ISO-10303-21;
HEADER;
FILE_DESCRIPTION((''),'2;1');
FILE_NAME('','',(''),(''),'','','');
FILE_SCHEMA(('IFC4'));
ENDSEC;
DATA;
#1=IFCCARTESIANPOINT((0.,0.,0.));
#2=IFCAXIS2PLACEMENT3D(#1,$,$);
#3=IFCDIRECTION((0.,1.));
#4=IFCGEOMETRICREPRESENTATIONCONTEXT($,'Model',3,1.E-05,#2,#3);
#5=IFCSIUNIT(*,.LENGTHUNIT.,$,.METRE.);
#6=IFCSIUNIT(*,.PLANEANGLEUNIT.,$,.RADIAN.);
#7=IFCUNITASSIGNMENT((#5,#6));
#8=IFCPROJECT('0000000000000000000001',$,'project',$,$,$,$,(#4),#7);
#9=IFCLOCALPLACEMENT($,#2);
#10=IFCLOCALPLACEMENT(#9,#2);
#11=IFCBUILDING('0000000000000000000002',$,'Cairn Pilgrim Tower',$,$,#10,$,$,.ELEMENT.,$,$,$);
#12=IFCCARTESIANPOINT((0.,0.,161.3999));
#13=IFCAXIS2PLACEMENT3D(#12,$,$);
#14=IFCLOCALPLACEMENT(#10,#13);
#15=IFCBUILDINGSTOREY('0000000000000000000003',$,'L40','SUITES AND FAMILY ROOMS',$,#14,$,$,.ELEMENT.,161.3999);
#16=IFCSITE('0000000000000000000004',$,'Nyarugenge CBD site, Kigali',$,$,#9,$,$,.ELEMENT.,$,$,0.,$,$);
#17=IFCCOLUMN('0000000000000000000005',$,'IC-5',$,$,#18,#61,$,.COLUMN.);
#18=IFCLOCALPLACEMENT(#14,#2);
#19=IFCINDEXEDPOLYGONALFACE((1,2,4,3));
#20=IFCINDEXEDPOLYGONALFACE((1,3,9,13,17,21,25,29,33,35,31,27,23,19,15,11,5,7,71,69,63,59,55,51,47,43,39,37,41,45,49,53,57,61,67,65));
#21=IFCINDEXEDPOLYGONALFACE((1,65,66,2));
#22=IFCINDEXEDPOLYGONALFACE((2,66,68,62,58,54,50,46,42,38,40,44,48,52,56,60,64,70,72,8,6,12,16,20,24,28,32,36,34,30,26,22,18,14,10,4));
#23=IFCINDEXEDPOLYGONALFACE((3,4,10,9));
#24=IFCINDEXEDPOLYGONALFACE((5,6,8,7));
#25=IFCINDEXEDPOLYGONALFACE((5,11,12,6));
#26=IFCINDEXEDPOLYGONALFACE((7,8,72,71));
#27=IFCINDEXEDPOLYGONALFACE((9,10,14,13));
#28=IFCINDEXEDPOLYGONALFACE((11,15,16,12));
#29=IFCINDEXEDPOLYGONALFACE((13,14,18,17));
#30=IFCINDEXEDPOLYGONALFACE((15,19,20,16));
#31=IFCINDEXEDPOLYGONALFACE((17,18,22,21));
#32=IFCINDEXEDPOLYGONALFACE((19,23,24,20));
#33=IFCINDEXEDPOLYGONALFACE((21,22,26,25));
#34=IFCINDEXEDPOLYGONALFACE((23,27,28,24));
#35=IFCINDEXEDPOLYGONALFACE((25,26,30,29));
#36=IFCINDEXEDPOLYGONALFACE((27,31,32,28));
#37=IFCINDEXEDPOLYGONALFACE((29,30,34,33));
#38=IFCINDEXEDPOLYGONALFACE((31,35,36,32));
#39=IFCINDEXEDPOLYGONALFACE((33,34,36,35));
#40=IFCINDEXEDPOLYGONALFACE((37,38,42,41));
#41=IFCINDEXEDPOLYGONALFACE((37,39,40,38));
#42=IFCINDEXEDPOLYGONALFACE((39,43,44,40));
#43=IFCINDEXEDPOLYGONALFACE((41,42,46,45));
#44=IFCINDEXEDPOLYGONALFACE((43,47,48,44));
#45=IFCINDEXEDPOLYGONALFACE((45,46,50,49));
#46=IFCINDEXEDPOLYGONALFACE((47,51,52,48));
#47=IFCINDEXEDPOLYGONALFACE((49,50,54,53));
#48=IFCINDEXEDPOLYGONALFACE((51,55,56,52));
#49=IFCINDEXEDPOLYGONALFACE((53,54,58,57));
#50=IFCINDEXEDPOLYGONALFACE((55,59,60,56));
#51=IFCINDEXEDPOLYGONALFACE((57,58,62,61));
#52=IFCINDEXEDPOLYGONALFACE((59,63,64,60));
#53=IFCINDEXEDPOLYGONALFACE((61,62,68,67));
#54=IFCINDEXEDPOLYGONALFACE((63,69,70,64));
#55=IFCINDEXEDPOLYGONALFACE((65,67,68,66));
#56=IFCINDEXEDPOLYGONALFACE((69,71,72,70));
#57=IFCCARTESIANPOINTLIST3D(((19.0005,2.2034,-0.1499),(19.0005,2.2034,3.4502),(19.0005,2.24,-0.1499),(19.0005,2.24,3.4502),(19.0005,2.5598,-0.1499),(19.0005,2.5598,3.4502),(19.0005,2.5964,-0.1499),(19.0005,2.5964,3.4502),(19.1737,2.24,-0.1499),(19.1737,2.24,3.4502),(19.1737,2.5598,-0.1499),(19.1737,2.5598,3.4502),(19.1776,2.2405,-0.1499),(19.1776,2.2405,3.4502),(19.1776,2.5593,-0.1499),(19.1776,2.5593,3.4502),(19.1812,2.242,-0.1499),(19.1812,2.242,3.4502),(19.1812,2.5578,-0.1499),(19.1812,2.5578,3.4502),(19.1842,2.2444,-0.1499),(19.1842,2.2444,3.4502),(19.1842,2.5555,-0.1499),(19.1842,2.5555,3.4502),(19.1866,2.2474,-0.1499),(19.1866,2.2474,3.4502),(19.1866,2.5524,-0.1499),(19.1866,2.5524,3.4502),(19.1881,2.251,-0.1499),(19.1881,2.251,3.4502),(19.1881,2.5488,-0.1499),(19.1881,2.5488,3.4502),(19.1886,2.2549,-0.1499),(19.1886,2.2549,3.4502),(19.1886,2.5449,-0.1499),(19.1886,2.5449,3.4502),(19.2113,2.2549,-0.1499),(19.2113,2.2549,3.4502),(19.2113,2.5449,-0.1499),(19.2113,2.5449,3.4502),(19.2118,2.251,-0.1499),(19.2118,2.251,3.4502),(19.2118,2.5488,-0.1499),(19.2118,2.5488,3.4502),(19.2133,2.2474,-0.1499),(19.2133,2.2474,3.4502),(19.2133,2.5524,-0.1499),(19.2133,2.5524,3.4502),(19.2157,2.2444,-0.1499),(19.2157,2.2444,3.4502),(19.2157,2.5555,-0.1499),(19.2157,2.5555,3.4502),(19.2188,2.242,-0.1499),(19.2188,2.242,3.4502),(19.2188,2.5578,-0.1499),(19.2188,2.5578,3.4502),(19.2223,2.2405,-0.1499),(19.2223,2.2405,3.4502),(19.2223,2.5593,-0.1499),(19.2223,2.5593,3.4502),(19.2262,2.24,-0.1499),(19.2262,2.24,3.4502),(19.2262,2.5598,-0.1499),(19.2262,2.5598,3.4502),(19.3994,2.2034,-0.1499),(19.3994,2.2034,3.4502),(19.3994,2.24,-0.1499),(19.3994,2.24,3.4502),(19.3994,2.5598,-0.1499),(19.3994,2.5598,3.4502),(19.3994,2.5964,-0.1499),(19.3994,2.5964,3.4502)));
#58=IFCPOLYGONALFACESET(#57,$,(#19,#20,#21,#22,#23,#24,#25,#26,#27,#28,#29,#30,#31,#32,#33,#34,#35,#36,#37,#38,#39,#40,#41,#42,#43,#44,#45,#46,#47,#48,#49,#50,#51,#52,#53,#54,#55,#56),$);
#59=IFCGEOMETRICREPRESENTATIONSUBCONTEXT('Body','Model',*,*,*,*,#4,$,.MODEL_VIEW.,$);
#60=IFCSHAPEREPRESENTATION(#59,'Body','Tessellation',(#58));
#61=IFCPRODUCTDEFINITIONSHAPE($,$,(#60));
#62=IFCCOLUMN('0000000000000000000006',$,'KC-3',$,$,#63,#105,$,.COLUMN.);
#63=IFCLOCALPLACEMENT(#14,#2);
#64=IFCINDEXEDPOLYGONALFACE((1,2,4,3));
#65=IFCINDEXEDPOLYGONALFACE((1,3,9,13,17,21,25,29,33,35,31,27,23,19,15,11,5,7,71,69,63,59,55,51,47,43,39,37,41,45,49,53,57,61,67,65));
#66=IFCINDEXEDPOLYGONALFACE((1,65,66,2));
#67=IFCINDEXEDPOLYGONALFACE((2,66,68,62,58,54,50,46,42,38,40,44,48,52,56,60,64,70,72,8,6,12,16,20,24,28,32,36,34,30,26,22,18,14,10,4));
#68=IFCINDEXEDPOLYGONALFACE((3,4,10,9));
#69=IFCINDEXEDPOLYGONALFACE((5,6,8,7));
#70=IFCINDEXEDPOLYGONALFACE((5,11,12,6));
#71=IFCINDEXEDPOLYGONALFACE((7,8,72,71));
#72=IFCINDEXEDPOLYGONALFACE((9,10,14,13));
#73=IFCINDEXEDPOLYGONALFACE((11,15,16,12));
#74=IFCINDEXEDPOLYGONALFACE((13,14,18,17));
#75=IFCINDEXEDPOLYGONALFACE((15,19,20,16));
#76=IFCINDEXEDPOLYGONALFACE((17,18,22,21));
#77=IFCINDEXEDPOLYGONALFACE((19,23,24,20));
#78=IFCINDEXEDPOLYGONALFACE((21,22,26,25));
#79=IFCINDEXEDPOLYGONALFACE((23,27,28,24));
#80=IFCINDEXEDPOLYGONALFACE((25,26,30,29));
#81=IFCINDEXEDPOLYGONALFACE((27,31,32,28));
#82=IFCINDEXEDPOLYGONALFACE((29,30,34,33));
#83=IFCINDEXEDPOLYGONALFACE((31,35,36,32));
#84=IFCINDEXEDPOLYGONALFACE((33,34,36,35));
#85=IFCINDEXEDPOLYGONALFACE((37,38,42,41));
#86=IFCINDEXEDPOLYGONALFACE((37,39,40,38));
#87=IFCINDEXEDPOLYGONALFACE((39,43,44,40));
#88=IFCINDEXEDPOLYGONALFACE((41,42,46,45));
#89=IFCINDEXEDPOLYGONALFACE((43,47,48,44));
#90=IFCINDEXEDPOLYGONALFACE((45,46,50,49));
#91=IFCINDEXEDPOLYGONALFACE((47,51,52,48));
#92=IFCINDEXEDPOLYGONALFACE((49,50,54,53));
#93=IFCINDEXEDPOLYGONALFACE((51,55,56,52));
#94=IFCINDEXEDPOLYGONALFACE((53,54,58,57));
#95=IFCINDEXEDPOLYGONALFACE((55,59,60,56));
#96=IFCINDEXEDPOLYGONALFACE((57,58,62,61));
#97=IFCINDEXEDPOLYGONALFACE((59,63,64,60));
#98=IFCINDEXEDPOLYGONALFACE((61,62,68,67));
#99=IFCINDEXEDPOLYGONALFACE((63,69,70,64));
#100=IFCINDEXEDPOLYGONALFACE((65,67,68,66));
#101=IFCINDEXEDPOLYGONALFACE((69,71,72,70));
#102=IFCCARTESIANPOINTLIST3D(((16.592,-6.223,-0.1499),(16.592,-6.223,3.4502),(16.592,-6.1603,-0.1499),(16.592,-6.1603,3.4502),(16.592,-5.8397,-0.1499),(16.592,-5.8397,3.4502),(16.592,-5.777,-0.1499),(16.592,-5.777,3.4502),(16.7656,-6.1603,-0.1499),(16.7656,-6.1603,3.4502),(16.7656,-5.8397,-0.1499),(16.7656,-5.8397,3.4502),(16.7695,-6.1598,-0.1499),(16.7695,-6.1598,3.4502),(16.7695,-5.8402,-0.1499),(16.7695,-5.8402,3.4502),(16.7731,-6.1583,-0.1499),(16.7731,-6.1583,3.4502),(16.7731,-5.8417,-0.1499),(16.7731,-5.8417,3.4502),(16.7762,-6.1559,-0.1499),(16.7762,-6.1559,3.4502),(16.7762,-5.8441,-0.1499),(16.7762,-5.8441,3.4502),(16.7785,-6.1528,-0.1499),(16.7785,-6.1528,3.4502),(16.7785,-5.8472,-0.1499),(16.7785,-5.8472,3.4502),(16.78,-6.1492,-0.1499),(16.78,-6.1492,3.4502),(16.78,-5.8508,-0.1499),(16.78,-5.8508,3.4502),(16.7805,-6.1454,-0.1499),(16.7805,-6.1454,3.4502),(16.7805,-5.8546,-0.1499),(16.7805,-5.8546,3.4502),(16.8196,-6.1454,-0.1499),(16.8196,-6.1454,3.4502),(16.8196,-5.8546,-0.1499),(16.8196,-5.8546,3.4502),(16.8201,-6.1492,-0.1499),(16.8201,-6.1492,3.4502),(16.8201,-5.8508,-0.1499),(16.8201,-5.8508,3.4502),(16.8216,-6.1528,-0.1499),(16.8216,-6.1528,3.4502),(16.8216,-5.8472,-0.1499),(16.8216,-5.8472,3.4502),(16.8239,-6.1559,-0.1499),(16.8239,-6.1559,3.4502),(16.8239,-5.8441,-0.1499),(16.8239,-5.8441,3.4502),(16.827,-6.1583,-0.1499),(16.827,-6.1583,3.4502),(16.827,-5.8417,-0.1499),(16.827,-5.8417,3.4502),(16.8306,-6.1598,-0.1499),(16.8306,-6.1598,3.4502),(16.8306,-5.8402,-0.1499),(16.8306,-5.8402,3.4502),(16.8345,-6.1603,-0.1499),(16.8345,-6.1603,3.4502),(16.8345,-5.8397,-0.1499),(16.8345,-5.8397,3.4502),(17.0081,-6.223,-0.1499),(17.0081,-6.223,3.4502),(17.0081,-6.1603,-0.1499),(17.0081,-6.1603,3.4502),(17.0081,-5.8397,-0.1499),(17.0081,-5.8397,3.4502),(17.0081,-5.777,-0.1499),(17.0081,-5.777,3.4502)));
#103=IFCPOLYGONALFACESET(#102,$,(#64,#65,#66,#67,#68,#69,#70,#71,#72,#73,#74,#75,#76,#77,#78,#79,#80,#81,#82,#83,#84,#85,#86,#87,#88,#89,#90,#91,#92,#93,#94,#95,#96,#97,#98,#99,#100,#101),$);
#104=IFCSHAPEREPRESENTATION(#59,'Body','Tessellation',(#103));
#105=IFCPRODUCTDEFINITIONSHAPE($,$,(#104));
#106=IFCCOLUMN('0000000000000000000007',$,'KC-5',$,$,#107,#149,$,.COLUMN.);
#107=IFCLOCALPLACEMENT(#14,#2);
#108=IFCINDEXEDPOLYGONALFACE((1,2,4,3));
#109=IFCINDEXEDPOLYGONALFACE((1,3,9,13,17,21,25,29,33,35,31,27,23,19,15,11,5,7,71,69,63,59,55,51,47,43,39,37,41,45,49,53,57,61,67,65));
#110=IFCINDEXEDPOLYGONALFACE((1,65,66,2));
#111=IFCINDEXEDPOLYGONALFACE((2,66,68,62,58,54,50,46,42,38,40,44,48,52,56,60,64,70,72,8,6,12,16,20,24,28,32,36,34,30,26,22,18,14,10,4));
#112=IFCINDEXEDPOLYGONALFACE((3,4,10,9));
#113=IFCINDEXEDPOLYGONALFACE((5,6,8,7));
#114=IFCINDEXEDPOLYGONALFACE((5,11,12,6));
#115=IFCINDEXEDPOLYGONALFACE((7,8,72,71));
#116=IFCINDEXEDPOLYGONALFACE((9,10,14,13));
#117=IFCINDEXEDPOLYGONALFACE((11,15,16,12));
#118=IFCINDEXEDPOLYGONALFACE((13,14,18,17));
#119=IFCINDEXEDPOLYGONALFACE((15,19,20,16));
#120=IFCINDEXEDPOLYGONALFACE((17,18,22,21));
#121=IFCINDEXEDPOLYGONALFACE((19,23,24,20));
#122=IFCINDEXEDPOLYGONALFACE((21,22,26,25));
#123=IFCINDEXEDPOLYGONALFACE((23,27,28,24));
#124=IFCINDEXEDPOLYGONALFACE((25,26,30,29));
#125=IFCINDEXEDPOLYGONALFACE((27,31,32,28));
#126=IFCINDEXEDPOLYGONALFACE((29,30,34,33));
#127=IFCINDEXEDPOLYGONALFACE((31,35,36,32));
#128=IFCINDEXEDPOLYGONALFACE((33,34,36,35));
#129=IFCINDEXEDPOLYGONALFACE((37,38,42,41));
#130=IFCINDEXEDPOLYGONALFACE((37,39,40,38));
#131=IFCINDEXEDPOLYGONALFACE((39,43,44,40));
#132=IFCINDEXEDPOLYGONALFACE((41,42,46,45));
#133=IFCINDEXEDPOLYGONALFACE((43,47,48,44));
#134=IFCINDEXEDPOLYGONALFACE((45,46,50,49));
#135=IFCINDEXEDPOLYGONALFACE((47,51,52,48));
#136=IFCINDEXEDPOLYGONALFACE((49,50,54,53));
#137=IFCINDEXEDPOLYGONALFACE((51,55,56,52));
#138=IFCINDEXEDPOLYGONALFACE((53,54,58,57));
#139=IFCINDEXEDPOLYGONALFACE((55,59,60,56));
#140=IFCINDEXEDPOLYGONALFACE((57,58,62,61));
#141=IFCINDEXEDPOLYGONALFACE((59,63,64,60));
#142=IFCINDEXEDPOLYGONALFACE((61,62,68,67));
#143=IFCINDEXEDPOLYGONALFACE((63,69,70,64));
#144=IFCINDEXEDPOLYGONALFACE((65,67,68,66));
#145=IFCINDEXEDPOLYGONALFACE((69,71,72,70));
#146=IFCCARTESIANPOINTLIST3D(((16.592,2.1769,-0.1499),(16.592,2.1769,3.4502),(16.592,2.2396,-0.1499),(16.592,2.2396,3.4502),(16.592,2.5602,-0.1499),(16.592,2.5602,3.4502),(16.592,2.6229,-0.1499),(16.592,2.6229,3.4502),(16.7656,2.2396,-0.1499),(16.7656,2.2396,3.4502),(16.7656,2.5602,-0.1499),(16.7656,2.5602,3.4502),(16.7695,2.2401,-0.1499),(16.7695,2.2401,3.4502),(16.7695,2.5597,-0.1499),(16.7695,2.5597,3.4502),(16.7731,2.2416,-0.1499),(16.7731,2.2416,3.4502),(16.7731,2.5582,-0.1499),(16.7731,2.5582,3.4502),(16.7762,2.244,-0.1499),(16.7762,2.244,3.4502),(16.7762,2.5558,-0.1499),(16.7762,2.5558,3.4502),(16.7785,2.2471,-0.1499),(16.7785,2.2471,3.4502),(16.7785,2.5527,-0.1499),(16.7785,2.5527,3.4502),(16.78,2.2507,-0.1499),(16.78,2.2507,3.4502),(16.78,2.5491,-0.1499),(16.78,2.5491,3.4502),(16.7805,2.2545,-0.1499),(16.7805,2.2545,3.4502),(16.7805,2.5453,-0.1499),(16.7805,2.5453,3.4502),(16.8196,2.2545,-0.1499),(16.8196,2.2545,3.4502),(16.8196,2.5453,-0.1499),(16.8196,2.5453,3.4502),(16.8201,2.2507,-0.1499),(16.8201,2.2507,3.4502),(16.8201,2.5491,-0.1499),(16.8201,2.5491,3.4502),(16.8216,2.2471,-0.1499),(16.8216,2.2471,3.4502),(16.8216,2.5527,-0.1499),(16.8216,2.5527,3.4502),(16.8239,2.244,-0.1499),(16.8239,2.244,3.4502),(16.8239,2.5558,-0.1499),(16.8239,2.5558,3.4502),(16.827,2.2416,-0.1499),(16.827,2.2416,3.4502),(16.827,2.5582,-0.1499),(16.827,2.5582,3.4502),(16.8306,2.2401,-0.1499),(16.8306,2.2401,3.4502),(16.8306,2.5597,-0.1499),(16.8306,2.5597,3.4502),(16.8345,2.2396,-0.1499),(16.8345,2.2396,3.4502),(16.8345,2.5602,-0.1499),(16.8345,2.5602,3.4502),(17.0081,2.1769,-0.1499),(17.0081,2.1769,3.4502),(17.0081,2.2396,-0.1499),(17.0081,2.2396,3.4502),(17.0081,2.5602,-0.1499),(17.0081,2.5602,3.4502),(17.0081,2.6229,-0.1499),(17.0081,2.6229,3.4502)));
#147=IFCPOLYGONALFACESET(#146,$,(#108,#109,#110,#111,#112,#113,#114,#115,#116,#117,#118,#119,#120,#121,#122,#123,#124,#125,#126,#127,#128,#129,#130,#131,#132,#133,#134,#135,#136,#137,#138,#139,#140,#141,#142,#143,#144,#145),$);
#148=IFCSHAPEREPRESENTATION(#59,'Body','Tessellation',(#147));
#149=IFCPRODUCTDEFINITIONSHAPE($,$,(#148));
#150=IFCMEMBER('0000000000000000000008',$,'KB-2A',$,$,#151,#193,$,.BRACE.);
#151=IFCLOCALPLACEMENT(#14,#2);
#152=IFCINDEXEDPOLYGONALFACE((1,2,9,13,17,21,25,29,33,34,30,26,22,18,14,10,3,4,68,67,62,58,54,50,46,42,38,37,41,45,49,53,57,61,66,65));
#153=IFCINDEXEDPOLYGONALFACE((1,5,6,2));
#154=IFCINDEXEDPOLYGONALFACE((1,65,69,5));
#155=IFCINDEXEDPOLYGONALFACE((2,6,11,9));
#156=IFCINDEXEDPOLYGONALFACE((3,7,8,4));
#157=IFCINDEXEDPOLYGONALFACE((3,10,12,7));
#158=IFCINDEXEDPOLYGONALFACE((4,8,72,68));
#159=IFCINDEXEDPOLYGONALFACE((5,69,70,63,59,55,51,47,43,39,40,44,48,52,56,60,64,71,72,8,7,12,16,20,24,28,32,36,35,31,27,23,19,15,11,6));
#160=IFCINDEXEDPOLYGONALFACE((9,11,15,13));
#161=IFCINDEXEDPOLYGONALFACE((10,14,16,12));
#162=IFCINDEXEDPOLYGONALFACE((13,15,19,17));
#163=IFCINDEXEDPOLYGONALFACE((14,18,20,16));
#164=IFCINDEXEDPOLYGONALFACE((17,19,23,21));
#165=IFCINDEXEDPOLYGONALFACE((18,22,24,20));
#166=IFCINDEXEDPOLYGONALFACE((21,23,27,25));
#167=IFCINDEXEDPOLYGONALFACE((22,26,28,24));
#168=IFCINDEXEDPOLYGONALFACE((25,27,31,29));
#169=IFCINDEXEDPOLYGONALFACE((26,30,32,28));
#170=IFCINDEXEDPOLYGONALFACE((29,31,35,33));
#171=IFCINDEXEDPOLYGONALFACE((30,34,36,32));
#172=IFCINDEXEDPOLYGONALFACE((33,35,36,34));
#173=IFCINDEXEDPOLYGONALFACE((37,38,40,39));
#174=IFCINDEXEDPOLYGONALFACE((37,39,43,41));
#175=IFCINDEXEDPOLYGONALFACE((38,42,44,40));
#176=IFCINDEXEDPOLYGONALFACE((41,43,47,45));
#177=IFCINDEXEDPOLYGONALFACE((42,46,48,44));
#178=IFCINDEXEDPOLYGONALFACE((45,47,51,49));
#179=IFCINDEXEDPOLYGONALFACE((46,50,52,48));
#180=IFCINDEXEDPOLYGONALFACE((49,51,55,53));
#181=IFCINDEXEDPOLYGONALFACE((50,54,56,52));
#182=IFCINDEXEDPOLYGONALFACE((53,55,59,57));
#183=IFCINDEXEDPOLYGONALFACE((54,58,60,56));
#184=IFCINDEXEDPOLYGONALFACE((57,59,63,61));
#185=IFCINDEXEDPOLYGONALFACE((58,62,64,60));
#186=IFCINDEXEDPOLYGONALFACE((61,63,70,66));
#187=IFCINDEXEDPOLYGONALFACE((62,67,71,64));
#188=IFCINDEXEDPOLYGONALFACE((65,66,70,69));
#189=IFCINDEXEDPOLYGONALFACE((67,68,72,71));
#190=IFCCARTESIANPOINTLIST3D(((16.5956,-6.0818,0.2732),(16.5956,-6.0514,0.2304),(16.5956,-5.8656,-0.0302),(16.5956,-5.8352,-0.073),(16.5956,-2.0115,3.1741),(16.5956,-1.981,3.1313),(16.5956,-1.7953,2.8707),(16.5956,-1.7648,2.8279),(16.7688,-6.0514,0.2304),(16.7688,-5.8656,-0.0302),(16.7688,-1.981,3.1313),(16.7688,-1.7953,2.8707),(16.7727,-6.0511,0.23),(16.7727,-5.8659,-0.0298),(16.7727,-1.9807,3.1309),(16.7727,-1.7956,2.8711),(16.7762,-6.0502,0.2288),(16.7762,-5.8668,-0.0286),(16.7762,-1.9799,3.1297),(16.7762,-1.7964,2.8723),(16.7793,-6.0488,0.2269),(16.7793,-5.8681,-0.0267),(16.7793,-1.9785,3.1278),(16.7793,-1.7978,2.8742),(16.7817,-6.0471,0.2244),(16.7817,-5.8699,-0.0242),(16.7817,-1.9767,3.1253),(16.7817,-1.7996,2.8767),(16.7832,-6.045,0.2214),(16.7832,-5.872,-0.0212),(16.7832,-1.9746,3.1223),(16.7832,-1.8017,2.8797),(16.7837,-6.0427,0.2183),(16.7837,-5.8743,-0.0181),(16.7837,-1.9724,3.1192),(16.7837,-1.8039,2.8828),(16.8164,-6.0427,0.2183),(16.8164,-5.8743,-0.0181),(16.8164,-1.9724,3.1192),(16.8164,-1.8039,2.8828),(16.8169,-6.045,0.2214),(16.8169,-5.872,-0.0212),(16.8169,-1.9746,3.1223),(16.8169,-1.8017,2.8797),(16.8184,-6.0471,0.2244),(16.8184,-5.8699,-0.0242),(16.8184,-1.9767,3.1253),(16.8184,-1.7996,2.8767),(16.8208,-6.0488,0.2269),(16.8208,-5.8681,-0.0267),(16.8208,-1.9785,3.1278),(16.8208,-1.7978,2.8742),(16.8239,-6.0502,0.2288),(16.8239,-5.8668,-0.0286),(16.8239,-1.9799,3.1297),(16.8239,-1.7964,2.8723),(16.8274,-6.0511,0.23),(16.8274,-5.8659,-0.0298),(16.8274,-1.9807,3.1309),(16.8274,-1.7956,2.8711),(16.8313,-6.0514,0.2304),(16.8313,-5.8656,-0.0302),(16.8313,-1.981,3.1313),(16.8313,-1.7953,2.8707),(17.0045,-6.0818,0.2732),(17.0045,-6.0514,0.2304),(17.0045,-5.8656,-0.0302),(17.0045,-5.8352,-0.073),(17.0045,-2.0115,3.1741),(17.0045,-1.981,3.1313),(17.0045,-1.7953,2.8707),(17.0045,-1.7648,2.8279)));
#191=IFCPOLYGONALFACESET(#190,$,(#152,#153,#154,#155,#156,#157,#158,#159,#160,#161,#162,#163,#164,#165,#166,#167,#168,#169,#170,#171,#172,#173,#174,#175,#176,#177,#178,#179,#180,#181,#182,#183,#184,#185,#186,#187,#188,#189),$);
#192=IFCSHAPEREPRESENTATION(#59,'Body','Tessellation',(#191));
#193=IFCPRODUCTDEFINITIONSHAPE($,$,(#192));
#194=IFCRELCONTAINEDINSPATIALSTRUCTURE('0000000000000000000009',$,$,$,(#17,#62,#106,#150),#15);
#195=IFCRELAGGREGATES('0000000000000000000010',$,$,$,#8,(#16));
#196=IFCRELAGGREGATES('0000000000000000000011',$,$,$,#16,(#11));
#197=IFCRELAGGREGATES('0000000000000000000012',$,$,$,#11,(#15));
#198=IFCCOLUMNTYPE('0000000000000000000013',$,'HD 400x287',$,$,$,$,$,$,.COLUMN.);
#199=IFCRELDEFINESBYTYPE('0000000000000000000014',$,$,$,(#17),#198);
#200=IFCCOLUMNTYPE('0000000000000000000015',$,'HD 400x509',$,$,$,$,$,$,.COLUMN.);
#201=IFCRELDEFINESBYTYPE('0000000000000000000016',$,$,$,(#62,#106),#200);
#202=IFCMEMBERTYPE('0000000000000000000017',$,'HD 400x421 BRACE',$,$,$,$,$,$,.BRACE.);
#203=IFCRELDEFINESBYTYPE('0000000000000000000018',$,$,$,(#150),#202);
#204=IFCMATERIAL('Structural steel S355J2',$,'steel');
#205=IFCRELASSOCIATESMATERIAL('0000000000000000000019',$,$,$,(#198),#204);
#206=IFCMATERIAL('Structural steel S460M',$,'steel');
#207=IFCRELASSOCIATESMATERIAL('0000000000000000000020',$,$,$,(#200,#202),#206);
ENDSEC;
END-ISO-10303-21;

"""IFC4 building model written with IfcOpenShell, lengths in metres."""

from ifc_helpers import new_model, si_unit, direction, frame, origin, origin_2d, place, context, subcontext, project, spatial, i_section, extrude, material, material_profile, profile_set, type_object, element, save


model = new_model("IFC4")

# Units and contexts
model_context = context("Model", 3, precision=1e-05, world=origin(), true_north=direction((0.0, 1.0)))
body_context = subcontext(model_context, "Body", "Model", "MODEL_VIEW")
ifc_project = project(units=[si_unit("LENGTHUNIT", "METRE"), si_unit("PLANEANGLEUNIT", "RADIAN")], contexts=[model_context])

# Site, building, storey
site_placement = place(None, origin())
site = spatial("IfcSite", under=ifc_project, at=site_placement, Name="Nyarugenge CBD site, Kigali", CompositionType="ELEMENT", RefElevation=0.0)
building_placement = place(site_placement, origin())
building = spatial("IfcBuilding", under=site, at=building_placement, Name="Cairn Pilgrim Tower", CompositionType="ELEMENT")
storey_placement = place(building_placement, frame((0.0, 0.0, 161.3999)))
storey = spatial("IfcBuildingStorey", under=building, at=storey_placement, Name="L40", Description="SUITES AND FAMILY ROOMS", CompositionType="ELEMENT", Elevation=161.3999)

# Columns
ifc_material_1 = material(Name="Structural steel S355J2", Category="steel")
ifc_material_profile_1 = material_profile(ifc_material_1, i_section(OverallWidth=0.3989, OverallDepth=0.3931, WebThickness=0.0227, FlangeThickness=0.0366, FilletRadius=0.0149, at=origin_2d()), Name="HD 400x287")
ifc_profile_set_1 = profile_set([ifc_material_profile_1], Name="Structural steel S355J2")
column_type_1 = type_object("IfcColumnType", Name="HD 400x287", PredefinedType="COLUMN", material=ifc_profile_set_1)
column_placement = place(storey_placement, frame((19.2, 2.3999, -0.1499), z_axis=(0.0, 0.0, 1.0), x_axis=(1.0, 0.0, 0.0)))
element("IfcColumn", 1, at=column_placement, inside=storey, type_object=column_type_1, Name="IC-5", PredefinedType="COLUMN", context=body_context, shape_type="SweptSolid", body=[
    extrude(i_section(OverallWidth=0.3989, OverallDepth=0.3931, WebThickness=0.0227, FlangeThickness=0.0366, FilletRadius=0.0149, at=origin_2d()), origin(), (0.0, 0.0, 1.0), 3.6001),
])
ifc_material_2 = material(Name="Structural steel S460M", Category="steel")
ifc_material_profile_2 = material_profile(ifc_material_2, i_section(OverallWidth=0.416, OverallDepth=0.446, WebThickness=0.0391, FlangeThickness=0.0627, FilletRadius=0.0149, at=origin_2d()), Name="HD 400x509")
ifc_profile_set_2 = profile_set([ifc_material_profile_2], Name="Structural steel S460M")
column_type_2 = type_object("IfcColumnType", Name="HD 400x509", PredefinedType="COLUMN", material=ifc_profile_set_2)
for number, where, z_axis, x_axis, name in (
    (2, (16.8, -6.0, -0.1499), (0.0, 0.0, 1.0), (1.0, 0.0, 0.0), "KC-3"),
    (3, (16.8, 2.3999, -0.1499), (0.0, 0.0, 1.0), (1.0, 0.0, 0.0), "KC-5"),
):
    element("IfcColumn", number, at=place(storey_placement, frame(where, z_axis=z_axis, x_axis=x_axis)), inside=storey, type_object=column_type_2, Name=name, PredefinedType="COLUMN", context=body_context, shape_type="SweptSolid", body=[
        extrude(i_section(OverallWidth=0.416, OverallDepth=0.446, WebThickness=0.0391, FlangeThickness=0.0627, FilletRadius=0.0149, at=origin_2d()), origin(), (0.0, 0.0, 1.0), 3.6001),
    ])

# Member
ifc_material_profile_3 = material_profile(ifc_material_2, i_section(OverallWidth=0.4089, OverallDepth=0.425, WebThickness=0.0327, FlangeThickness=0.0525, FilletRadius=0.0149, at=origin_2d()), Name="HD 400x421")
ifc_profile_set_3 = profile_set([ifc_material_profile_3], Name="Structural steel S460M")
member_type = type_object("IfcMemberType", Name="HD 400x421 BRACE", PredefinedType="BRACE", material=ifc_profile_set_3)
member_1_placement = place(storey_placement, frame((16.8, -5.9585, 0.1001), z_axis=(0.0, 0.814347, 0.580378), x_axis=(-1.0, 0.0, 0.0)))
element("IfcMember", 4, at=member_1_placement, inside=storey, type_object=member_type, Name="KB-2A", PredefinedType="BRACE", context=body_context, shape_type="SweptSolid", body=[
    extrude(i_section(OverallWidth=0.4089, OverallDepth=0.425, WebThickness=0.0327, FlangeThickness=0.0525, FilletRadius=0.0149, at=origin_2d()), origin(), (0.0, 0.0, 1.0), 4.9983),
])

save(model, "model.ifc")
